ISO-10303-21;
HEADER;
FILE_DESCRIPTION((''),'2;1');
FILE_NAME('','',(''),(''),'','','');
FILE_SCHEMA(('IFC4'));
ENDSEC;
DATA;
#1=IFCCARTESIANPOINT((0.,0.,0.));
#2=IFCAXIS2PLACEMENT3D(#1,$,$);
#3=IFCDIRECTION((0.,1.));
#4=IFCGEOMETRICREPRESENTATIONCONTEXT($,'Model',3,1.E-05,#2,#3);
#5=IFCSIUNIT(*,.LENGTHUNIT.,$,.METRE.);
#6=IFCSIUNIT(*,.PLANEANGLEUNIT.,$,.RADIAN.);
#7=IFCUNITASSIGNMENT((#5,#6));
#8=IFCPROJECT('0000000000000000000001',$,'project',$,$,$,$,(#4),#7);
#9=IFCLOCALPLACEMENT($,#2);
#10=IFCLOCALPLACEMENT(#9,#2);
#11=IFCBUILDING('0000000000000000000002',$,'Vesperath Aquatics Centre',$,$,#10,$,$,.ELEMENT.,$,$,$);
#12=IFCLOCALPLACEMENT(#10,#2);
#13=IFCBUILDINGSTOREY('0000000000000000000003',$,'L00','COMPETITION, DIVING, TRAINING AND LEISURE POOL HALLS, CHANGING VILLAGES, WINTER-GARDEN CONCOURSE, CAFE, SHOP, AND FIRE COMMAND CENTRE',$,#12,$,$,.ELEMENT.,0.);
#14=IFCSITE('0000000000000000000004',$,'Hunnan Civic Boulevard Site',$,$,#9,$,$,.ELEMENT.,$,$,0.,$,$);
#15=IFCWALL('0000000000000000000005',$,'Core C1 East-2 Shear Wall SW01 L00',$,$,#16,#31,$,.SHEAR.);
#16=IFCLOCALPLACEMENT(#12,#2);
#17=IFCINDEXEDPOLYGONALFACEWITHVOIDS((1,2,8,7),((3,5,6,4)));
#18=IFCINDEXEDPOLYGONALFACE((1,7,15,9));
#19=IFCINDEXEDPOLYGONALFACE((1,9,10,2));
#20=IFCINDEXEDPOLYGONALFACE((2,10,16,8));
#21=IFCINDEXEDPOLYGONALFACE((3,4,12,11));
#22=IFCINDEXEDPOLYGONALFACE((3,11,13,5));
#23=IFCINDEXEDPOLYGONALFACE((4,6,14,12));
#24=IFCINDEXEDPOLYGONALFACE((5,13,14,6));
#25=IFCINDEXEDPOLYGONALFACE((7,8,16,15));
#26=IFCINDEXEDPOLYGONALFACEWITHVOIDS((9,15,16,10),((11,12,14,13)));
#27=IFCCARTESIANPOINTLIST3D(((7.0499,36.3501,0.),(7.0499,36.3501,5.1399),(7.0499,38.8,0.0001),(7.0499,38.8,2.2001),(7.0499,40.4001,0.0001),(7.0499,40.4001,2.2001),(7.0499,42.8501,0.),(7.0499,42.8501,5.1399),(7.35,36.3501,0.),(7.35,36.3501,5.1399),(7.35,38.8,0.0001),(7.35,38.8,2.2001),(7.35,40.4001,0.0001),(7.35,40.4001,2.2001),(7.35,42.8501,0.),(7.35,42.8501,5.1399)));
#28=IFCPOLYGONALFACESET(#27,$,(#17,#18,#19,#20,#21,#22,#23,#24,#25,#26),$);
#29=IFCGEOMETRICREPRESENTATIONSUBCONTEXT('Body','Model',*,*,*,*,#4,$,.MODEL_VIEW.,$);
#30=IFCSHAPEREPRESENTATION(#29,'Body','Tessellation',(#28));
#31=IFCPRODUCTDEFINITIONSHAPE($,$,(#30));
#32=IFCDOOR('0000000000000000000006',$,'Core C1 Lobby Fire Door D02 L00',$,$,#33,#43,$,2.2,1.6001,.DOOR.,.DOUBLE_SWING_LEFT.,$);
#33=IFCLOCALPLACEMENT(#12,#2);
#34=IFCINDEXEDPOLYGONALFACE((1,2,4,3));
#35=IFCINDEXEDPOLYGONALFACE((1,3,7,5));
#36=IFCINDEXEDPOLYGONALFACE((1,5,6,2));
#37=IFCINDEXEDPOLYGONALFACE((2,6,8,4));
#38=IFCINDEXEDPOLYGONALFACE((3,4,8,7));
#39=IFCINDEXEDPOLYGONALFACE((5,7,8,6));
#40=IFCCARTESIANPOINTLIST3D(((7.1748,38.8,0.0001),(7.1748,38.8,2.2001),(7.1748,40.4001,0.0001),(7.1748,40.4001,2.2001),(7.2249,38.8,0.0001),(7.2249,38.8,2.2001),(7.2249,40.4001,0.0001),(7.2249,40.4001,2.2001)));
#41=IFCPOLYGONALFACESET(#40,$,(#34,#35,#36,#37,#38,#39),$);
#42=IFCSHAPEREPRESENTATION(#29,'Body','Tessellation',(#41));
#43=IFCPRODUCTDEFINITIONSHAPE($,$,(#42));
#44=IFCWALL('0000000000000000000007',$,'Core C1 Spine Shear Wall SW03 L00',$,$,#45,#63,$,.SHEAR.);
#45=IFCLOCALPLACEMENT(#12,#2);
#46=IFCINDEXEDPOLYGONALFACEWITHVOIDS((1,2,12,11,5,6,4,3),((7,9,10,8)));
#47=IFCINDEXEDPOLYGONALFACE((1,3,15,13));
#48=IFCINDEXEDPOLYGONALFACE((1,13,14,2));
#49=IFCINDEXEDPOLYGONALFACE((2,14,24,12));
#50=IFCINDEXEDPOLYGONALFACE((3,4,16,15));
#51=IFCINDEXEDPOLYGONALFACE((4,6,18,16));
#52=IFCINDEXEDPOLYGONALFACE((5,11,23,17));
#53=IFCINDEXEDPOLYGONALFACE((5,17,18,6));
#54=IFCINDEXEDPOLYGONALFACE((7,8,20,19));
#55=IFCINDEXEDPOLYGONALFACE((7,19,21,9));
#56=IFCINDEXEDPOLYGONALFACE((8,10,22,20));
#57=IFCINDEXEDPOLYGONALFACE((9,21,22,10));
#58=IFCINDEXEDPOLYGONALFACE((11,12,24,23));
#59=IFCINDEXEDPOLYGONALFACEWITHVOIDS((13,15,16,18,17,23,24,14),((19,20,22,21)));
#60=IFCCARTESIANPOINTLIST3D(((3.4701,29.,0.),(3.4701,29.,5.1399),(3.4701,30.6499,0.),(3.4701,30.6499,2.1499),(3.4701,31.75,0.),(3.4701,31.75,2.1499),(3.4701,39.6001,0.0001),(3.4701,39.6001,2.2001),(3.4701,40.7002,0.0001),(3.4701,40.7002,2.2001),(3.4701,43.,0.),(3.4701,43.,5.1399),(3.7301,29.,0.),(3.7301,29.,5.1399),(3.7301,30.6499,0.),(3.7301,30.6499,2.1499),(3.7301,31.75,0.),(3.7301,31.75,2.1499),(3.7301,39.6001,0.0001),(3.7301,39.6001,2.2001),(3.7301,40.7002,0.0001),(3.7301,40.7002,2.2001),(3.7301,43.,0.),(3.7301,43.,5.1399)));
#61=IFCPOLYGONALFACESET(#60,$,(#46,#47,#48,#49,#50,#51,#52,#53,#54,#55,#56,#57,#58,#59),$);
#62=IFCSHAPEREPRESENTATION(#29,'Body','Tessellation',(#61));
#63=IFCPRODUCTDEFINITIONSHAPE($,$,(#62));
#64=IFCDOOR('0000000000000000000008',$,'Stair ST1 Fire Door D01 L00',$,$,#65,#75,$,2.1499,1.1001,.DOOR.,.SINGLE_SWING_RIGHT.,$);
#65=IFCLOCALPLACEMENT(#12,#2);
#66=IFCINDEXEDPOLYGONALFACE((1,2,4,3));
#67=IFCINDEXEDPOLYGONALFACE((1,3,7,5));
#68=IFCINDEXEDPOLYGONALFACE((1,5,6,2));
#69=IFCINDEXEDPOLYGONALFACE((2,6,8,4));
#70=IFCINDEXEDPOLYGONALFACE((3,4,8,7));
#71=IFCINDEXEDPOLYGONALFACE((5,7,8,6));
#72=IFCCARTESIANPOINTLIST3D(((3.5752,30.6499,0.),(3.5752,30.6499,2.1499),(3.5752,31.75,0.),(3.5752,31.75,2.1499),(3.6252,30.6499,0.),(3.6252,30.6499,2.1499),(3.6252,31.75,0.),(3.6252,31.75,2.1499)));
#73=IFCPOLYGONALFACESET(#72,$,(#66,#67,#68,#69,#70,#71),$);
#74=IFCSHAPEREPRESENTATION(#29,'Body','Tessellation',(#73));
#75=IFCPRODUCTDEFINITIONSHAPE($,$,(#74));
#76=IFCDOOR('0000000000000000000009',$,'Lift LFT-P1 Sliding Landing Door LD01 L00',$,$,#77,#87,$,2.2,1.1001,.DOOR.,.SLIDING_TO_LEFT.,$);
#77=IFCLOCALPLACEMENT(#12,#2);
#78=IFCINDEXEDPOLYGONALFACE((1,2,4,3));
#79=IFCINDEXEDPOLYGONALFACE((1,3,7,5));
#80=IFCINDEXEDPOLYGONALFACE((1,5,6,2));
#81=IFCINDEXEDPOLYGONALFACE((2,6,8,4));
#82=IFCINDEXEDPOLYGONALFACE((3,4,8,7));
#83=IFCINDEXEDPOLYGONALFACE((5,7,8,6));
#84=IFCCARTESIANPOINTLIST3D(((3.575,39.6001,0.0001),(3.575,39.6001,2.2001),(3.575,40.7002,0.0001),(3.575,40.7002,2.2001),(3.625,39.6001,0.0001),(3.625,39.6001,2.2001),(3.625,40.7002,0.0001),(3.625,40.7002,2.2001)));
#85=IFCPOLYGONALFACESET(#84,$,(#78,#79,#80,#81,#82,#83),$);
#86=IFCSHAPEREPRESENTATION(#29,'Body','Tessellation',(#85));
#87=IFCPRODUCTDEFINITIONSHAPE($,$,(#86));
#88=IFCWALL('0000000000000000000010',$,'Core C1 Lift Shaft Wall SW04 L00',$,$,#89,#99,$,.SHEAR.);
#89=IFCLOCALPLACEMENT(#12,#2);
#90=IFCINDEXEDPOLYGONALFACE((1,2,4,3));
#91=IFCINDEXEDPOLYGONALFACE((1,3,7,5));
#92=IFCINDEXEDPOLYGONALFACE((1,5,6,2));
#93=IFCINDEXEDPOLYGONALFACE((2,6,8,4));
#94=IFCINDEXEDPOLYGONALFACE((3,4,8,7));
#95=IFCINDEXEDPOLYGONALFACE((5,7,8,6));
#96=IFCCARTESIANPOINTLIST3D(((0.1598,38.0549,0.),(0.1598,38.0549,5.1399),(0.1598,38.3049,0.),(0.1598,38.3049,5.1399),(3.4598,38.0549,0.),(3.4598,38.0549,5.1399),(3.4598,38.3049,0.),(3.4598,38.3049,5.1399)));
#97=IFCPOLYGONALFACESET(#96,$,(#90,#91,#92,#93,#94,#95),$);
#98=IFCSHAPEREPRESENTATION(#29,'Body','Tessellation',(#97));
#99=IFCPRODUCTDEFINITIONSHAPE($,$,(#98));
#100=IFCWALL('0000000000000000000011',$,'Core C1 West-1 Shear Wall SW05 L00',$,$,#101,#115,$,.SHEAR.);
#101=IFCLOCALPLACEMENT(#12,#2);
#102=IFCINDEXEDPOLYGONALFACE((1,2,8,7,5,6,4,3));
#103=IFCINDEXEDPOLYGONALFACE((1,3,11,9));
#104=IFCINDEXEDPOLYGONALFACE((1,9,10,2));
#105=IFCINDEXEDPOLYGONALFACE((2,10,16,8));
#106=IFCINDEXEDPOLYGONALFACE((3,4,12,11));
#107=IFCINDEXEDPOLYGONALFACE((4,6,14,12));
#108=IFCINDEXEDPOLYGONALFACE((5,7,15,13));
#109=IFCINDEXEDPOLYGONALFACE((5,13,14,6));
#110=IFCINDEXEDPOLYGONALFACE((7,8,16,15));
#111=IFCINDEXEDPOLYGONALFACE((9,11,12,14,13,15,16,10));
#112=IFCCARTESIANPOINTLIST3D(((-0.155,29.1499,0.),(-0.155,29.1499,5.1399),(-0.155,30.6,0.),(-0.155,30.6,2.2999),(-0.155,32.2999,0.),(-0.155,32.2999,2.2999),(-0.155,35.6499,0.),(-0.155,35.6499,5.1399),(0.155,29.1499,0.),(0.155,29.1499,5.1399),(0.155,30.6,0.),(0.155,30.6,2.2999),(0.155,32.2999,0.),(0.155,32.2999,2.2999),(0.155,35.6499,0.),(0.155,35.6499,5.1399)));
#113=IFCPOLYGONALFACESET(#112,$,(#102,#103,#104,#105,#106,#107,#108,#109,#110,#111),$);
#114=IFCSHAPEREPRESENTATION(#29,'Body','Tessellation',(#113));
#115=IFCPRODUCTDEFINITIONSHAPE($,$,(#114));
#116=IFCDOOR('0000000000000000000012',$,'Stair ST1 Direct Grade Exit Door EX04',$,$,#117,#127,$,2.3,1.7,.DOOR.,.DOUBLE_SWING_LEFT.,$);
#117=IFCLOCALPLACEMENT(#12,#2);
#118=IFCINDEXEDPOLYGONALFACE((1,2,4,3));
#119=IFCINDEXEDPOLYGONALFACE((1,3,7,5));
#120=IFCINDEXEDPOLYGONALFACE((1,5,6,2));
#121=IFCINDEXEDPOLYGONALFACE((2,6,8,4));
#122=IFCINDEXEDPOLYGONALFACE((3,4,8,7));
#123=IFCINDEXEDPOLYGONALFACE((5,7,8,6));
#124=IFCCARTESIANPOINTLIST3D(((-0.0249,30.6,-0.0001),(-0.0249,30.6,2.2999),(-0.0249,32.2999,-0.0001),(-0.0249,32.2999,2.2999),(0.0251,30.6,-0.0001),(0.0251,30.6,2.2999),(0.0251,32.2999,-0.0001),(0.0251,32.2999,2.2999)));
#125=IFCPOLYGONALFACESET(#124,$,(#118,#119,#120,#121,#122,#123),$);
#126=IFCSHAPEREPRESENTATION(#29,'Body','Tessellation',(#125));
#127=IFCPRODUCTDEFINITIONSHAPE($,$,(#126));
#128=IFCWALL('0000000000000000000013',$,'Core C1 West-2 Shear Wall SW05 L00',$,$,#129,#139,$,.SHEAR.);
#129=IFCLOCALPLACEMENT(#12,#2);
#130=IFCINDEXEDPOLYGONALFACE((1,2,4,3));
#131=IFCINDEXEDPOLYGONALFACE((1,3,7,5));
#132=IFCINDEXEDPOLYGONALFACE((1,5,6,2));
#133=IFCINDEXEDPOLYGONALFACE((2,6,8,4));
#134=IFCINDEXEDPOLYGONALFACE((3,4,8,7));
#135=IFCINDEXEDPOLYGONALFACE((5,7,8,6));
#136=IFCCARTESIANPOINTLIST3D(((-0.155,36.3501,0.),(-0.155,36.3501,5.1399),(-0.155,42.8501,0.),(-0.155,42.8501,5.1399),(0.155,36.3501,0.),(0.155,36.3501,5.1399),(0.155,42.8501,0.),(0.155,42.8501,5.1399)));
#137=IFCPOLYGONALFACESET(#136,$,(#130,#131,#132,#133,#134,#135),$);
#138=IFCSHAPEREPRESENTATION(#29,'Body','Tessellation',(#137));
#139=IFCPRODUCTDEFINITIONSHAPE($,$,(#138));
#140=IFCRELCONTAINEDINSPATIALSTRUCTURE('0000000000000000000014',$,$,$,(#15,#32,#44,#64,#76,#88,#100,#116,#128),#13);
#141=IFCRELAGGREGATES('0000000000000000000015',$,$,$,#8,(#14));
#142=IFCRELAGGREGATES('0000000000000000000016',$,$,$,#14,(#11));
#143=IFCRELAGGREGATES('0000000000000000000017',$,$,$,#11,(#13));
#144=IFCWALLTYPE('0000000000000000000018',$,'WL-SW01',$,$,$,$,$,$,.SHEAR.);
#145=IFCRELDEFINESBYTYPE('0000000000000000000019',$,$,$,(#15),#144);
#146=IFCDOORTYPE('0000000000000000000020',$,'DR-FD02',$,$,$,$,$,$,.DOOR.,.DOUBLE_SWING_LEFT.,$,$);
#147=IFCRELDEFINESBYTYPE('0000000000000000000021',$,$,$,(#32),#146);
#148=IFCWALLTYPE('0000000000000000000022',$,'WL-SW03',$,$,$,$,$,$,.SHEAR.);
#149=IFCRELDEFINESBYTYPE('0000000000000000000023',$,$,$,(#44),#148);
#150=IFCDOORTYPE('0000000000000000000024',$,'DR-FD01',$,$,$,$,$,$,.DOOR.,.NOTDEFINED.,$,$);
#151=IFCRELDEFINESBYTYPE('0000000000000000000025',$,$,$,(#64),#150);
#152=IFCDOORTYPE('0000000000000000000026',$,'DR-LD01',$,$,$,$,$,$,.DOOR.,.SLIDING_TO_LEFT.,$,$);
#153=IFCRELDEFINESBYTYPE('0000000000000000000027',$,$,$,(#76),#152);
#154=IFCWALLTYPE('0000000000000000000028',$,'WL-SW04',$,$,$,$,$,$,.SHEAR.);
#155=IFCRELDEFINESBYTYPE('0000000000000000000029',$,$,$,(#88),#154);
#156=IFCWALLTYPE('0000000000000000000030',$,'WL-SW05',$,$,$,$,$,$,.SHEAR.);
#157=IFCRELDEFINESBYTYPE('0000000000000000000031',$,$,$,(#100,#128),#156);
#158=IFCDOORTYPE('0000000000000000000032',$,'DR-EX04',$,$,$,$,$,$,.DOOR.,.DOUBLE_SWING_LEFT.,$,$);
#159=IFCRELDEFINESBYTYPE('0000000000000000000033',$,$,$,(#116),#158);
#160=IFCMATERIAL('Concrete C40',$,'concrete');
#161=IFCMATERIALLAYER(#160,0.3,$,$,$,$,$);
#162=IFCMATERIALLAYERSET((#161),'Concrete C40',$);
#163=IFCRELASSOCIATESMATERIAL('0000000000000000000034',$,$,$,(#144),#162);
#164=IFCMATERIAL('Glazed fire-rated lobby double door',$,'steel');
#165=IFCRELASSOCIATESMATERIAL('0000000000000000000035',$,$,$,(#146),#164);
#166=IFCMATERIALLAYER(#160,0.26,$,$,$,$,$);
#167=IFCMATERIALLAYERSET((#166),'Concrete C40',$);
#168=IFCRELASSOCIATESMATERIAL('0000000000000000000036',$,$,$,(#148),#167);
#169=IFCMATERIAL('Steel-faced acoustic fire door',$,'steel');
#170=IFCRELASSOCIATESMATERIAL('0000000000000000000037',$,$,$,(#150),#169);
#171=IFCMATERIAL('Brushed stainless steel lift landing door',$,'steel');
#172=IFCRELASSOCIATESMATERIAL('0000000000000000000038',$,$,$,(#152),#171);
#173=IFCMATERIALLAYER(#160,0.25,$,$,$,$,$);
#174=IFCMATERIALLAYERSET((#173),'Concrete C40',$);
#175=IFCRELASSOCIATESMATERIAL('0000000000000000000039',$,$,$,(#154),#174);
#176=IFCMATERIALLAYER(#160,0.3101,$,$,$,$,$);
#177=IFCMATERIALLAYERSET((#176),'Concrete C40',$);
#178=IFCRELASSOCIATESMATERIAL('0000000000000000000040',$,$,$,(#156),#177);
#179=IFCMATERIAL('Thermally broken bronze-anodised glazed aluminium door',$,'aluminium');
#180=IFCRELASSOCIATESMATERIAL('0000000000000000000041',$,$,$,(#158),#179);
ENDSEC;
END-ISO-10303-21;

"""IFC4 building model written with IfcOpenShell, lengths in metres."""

from ifc_helpers import new_model, si_unit, direction, frame, frame_2d, origin, place, context, subcontext, project, spatial, rectangle, extrude, material, layer, layer_set, type_object, element, fill, save


model = new_model("IFC4")

# Units and contexts
model_context = context("Model", 3, precision=1e-05, world=origin(), true_north=direction((0.0, 1.0)))
body_context = subcontext(model_context, "Body", "Model", "MODEL_VIEW")
ifc_project = project(units=[si_unit("LENGTHUNIT", "METRE"), si_unit("PLANEANGLEUNIT", "RADIAN")], contexts=[model_context])

# Site, building, storey
site_placement = place(None, origin())
site = spatial("IfcSite", under=ifc_project, at=site_placement, Name="Hunnan Civic Boulevard Site", CompositionType="ELEMENT", RefElevation=0.0)
building_placement = place(site_placement, origin())
building = spatial("IfcBuilding", under=site, at=building_placement, Name="Vesperath Aquatics Centre", CompositionType="ELEMENT")
storey_placement = place(building_placement, origin())
storey = spatial("IfcBuildingStorey", under=building, at=storey_placement, Name="L00", Description="COMPETITION, DIVING, TRAINING AND LEISURE POOL HALLS, CHANGING VILLAGES, WINTER-GARDEN CONCOURSE, CAFE, SHOP, AND FIRE COMMAND CENTRE", CompositionType="ELEMENT", Elevation=0.0)

# Shared definitions
ifc_material_1 = material(Name="Concrete C40", Category="concrete")

# Shared definitions
ifc_layer_1 = layer(ifc_material_1, 0.3)
ifc_layer_set_1 = layer_set([ifc_layer_1], Name="Concrete C40")
wall_type_1 = type_object("IfcWallType", Name="WL-SW01", PredefinedType="SHEAR", material=ifc_layer_set_1)

# Wall, opening, door
wall_1_placement = place(storey_placement, frame((7.2, 36.3501, 0.0), z_axis=(0.0, 0.0, 1.0), x_axis=(0.0, 1.0, 0.0)))
wall_1 = element("IfcWall", 1, at=wall_1_placement, inside=storey, type_object=wall_type_1, Name="Core C1 East-2 Shear Wall SW01 L00", PredefinedType="SHEAR", context=body_context, shape_type="SweptSolid", body=[
    extrude(rectangle(XDim=6.5, YDim=0.3, at=frame_2d((3.25, 0.0))), origin(), (0.0, 0.0, 1.0), 5.1399),
])
opening_1_placement = place(wall_1_placement, frame((2.45, 0.0, 0.0)))
opening_1 = element("IfcOpeningElement", 2, at=opening_1_placement, cuts=wall_1, PredefinedType="OPENING", context=body_context, shape_type="SweptSolid", body=[
    extrude(rectangle(XDim=1.6001, YDim=2.2, at=frame_2d((0.8, 1.1001))), frame((0.0, 0.165, 0.0), z_axis=(0.0, -1.0, 0.0), x_axis=(1.0, 0.0, 0.0)), (0.0, 0.0, 1.0), 0.3298),
])
ifc_material_2 = material(Name="Glazed fire-rated lobby double door", Category="steel")
door_type_1 = type_object("IfcDoorType", Name="DR-FD02", OperationType="DOUBLE_SWING_LEFT", PredefinedType="DOOR", material=ifc_material_2)
door_1_placement = place(opening_1_placement, frame((1.6001, 0.0, 0.0), z_axis=(0.0, 0.0, 1.0), x_axis=(-1.0, 0.0, 0.0)))
door_1 = element("IfcDoor", 3, at=door_1_placement, inside=storey, type_object=door_type_1, Name="Core C1 Lobby Fire Door D02 L00", OperationType="DOUBLE_SWING_LEFT", OverallHeight=2.2, OverallWidth=1.6001, PredefinedType="DOOR", context=body_context, shape_type="SweptSolid", body=[
    extrude(rectangle(XDim=1.6001, YDim=2.2, at=frame_2d((0.8, 1.1001))), frame((0.0, 0.0249, 0.0), z_axis=(0.0, -1.0, 0.0), x_axis=(1.0, 0.0, 0.0)), (0.0, 0.0, 1.0), 0.05),
])
fill(opening_1, door_1)

# Wall, openings, doors
ifc_layer_2 = layer(ifc_material_1, 0.26)
ifc_layer_set_2 = layer_set([ifc_layer_2], Name="Concrete C40")
wall_type_2 = type_object("IfcWallType", Name="WL-SW03", PredefinedType="SHEAR", material=ifc_layer_set_2)
wall_2_placement = place(storey_placement, frame((3.6001, 29.0, 0.0), z_axis=(0.0, 0.0, 1.0), x_axis=(0.0, 1.0, 0.0)))
wall_2 = element("IfcWall", 4, at=wall_2_placement, inside=storey, type_object=wall_type_2, Name="Core C1 Spine Shear Wall SW03 L00", PredefinedType="SHEAR", context=body_context, shape_type="SweptSolid", body=[
    extrude(rectangle(XDim=14.0, YDim=0.26, at=frame_2d((7.0, 0.0))), origin(), (0.0, 0.0, 1.0), 5.1399),
])
opening_2_placement = place(wall_2_placement, frame((1.6499, 0.0, 0.0)))
opening_2 = element("IfcOpeningElement", 5, at=opening_2_placement, cuts=wall_2, PredefinedType="OPENING", context=body_context, shape_type="SweptSolid", body=[
    extrude(rectangle(XDim=1.1001, YDim=2.1499, at=frame_2d((0.55, 1.075))), frame((0.0, 0.145, 0.0), z_axis=(0.0, -1.0, 0.0), x_axis=(1.0, 0.0, 0.0)), (0.0, 0.0, 1.0), 0.2898),
])
opening_3_placement = place(wall_2_placement, frame((10.6001, 0.0, 0.0)))
opening_3 = element("IfcOpeningElement", 6, at=opening_3_placement, cuts=wall_2, PredefinedType="OPENING", context=body_context, shape_type="SweptSolid", body=[
    extrude(rectangle(XDim=1.1001, YDim=2.2, at=frame_2d((0.55, 1.1001))), frame((0.0, 0.145, 0.0), z_axis=(0.0, -1.0, 0.0), x_axis=(1.0, 0.0, 0.0)), (0.0, 0.0, 1.0), 0.2898),
])
ifc_material_3 = material(Name="Steel-faced acoustic fire door", Category="steel")
door_type_2 = type_object("IfcDoorType", Name="DR-FD01", OperationType="NOTDEFINED", PredefinedType="DOOR", material=ifc_material_3)
door_2_placement = place(opening_2_placement, origin())
door_2 = element("IfcDoor", 7, at=door_2_placement, inside=storey, type_object=door_type_2, Name="Stair ST1 Fire Door D01 L00", OperationType="SINGLE_SWING_RIGHT", OverallHeight=2.1499, OverallWidth=1.1001, PredefinedType="DOOR", context=body_context, shape_type="SweptSolid", body=[
    extrude(rectangle(XDim=1.1001, YDim=2.1499, at=frame_2d((0.55, 1.075))), frame((0.0, 0.0249, 0.0), z_axis=(0.0, -1.0, 0.0), x_axis=(1.0, 0.0, 0.0)), (0.0, 0.0, 1.0), 0.05),
])
fill(opening_2, door_2)
ifc_material_4 = material(Name="Brushed stainless steel lift landing door", Category="steel")
door_type_3 = type_object("IfcDoorType", Name="DR-LD01", OperationType="SLIDING_TO_LEFT", PredefinedType="DOOR", material=ifc_material_4)
door_3_placement = place(opening_3_placement, frame((1.1001, 0.0, 0.0), z_axis=(0.0, 0.0, 1.0), x_axis=(-1.0, 0.0, 0.0)))
door_3 = element("IfcDoor", 8, at=door_3_placement, inside=storey, type_object=door_type_3, Name="Lift LFT-P1 Sliding Landing Door LD01 L00", OperationType="SLIDING_TO_LEFT", OverallHeight=2.2, OverallWidth=1.1001, PredefinedType="DOOR", context=body_context, shape_type="SweptSolid", body=[
    extrude(rectangle(XDim=1.1001, YDim=2.2, at=frame_2d((0.55, 1.1001))), frame((0.0, 0.0249, 0.0), z_axis=(0.0, -1.0, 0.0), x_axis=(1.0, 0.0, 0.0)), (0.0, 0.0, 1.0), 0.05),
])
fill(opening_3, door_3)

# Wall
ifc_layer_3 = layer(ifc_material_1, 0.25)
ifc_layer_set_3 = layer_set([ifc_layer_3], Name="Concrete C40")
wall_type_3 = type_object("IfcWallType", Name="WL-SW04", PredefinedType="SHEAR", material=ifc_layer_set_3)
wall_3_placement = place(storey_placement, frame((0.1599, 38.1799, 0.0), z_axis=(0.0, 0.0, 1.0), x_axis=(1.0, 0.0, 0.0)))
element("IfcWall", 9, at=wall_3_placement, inside=storey, type_object=wall_type_3, Name="Core C1 Lift Shaft Wall SW04 L00", PredefinedType="SHEAR", context=body_context, shape_type="SweptSolid", body=[
    extrude(rectangle(XDim=3.3, YDim=0.25, at=frame_2d((1.6499, 0.0))), origin(), (0.0, 0.0, 1.0), 5.1399),
])

# Wall, opening, door
ifc_layer_4 = layer(ifc_material_1, 0.3101)
ifc_layer_set_4 = layer_set([ifc_layer_4], Name="Concrete C40")
wall_type_4 = type_object("IfcWallType", Name="WL-SW05", PredefinedType="SHEAR", material=ifc_layer_set_4)
wall_4_placement = place(storey_placement, frame((0.0, 29.1499, 0.0), z_axis=(0.0, 0.0, 1.0), x_axis=(0.0, 1.0, 0.0)))
wall_4 = element("IfcWall", 10, at=wall_4_placement, inside=storey, type_object=wall_type_4, Name="Core C1 West-1 Shear Wall SW05 L00", PredefinedType="SHEAR", context=body_context, shape_type="SweptSolid", body=[
    extrude(rectangle(XDim=6.5, YDim=0.3101, at=frame_2d((3.25, 0.0))), origin(), (0.0, 0.0, 1.0), 5.1399),
])
opening_4_placement = place(wall_4_placement, frame((1.45, 0.0, 0.0)))
opening_4 = element("IfcOpeningElement", 11, at=opening_4_placement, cuts=wall_4, PredefinedType="OPENING", context=body_context, shape_type="SweptSolid", body=[
    extrude(rectangle(XDim=1.7, YDim=2.3, at=frame_2d((0.8501, 1.1499))), frame((0.0, 0.1699, 0.0), z_axis=(0.0, -1.0, 0.0), x_axis=(1.0, 0.0, 0.0)), (0.0, 0.0, 1.0), 0.3398),
])
ifc_material_5 = material(Name="Thermally broken bronze-anodised glazed aluminium door", Category="aluminium")
door_type_4 = type_object("IfcDoorType", Name="DR-EX04", OperationType="DOUBLE_SWING_LEFT", PredefinedType="DOOR", material=ifc_material_5)
door_4_placement = place(opening_4_placement, origin())
door_4 = element("IfcDoor", 12, at=door_4_placement, inside=storey, type_object=door_type_4, Name="Stair ST1 Direct Grade Exit Door EX04", OperationType="DOUBLE_SWING_LEFT", OverallHeight=2.3, OverallWidth=1.7, PredefinedType="DOOR", context=body_context, shape_type="SweptSolid", body=[
    extrude(rectangle(XDim=1.7, YDim=2.3, at=frame_2d((0.8501, 1.1499))), frame((0.0, 0.0249, 0.0), z_axis=(0.0, -1.0, 0.0), x_axis=(1.0, 0.0, 0.0)), (0.0, 0.0, 1.0), 0.05),
])
fill(opening_4, door_4)

# Wall
wall_5_placement = place(storey_placement, frame((0.0, 36.3501, 0.0), z_axis=(0.0, 0.0, 1.0), x_axis=(0.0, 1.0, 0.0)))
element("IfcWall", 13, at=wall_5_placement, inside=storey, type_object=wall_type_4, Name="Core C1 West-2 Shear Wall SW05 L00", PredefinedType="SHEAR", context=body_context, shape_type="SweptSolid", body=[
    extrude(rectangle(XDim=6.5, YDim=0.3101, at=frame_2d((3.25, 0.0))), origin(), (0.0, 0.0, 1.0), 5.1399),
])

save(model, "model.ifc")
